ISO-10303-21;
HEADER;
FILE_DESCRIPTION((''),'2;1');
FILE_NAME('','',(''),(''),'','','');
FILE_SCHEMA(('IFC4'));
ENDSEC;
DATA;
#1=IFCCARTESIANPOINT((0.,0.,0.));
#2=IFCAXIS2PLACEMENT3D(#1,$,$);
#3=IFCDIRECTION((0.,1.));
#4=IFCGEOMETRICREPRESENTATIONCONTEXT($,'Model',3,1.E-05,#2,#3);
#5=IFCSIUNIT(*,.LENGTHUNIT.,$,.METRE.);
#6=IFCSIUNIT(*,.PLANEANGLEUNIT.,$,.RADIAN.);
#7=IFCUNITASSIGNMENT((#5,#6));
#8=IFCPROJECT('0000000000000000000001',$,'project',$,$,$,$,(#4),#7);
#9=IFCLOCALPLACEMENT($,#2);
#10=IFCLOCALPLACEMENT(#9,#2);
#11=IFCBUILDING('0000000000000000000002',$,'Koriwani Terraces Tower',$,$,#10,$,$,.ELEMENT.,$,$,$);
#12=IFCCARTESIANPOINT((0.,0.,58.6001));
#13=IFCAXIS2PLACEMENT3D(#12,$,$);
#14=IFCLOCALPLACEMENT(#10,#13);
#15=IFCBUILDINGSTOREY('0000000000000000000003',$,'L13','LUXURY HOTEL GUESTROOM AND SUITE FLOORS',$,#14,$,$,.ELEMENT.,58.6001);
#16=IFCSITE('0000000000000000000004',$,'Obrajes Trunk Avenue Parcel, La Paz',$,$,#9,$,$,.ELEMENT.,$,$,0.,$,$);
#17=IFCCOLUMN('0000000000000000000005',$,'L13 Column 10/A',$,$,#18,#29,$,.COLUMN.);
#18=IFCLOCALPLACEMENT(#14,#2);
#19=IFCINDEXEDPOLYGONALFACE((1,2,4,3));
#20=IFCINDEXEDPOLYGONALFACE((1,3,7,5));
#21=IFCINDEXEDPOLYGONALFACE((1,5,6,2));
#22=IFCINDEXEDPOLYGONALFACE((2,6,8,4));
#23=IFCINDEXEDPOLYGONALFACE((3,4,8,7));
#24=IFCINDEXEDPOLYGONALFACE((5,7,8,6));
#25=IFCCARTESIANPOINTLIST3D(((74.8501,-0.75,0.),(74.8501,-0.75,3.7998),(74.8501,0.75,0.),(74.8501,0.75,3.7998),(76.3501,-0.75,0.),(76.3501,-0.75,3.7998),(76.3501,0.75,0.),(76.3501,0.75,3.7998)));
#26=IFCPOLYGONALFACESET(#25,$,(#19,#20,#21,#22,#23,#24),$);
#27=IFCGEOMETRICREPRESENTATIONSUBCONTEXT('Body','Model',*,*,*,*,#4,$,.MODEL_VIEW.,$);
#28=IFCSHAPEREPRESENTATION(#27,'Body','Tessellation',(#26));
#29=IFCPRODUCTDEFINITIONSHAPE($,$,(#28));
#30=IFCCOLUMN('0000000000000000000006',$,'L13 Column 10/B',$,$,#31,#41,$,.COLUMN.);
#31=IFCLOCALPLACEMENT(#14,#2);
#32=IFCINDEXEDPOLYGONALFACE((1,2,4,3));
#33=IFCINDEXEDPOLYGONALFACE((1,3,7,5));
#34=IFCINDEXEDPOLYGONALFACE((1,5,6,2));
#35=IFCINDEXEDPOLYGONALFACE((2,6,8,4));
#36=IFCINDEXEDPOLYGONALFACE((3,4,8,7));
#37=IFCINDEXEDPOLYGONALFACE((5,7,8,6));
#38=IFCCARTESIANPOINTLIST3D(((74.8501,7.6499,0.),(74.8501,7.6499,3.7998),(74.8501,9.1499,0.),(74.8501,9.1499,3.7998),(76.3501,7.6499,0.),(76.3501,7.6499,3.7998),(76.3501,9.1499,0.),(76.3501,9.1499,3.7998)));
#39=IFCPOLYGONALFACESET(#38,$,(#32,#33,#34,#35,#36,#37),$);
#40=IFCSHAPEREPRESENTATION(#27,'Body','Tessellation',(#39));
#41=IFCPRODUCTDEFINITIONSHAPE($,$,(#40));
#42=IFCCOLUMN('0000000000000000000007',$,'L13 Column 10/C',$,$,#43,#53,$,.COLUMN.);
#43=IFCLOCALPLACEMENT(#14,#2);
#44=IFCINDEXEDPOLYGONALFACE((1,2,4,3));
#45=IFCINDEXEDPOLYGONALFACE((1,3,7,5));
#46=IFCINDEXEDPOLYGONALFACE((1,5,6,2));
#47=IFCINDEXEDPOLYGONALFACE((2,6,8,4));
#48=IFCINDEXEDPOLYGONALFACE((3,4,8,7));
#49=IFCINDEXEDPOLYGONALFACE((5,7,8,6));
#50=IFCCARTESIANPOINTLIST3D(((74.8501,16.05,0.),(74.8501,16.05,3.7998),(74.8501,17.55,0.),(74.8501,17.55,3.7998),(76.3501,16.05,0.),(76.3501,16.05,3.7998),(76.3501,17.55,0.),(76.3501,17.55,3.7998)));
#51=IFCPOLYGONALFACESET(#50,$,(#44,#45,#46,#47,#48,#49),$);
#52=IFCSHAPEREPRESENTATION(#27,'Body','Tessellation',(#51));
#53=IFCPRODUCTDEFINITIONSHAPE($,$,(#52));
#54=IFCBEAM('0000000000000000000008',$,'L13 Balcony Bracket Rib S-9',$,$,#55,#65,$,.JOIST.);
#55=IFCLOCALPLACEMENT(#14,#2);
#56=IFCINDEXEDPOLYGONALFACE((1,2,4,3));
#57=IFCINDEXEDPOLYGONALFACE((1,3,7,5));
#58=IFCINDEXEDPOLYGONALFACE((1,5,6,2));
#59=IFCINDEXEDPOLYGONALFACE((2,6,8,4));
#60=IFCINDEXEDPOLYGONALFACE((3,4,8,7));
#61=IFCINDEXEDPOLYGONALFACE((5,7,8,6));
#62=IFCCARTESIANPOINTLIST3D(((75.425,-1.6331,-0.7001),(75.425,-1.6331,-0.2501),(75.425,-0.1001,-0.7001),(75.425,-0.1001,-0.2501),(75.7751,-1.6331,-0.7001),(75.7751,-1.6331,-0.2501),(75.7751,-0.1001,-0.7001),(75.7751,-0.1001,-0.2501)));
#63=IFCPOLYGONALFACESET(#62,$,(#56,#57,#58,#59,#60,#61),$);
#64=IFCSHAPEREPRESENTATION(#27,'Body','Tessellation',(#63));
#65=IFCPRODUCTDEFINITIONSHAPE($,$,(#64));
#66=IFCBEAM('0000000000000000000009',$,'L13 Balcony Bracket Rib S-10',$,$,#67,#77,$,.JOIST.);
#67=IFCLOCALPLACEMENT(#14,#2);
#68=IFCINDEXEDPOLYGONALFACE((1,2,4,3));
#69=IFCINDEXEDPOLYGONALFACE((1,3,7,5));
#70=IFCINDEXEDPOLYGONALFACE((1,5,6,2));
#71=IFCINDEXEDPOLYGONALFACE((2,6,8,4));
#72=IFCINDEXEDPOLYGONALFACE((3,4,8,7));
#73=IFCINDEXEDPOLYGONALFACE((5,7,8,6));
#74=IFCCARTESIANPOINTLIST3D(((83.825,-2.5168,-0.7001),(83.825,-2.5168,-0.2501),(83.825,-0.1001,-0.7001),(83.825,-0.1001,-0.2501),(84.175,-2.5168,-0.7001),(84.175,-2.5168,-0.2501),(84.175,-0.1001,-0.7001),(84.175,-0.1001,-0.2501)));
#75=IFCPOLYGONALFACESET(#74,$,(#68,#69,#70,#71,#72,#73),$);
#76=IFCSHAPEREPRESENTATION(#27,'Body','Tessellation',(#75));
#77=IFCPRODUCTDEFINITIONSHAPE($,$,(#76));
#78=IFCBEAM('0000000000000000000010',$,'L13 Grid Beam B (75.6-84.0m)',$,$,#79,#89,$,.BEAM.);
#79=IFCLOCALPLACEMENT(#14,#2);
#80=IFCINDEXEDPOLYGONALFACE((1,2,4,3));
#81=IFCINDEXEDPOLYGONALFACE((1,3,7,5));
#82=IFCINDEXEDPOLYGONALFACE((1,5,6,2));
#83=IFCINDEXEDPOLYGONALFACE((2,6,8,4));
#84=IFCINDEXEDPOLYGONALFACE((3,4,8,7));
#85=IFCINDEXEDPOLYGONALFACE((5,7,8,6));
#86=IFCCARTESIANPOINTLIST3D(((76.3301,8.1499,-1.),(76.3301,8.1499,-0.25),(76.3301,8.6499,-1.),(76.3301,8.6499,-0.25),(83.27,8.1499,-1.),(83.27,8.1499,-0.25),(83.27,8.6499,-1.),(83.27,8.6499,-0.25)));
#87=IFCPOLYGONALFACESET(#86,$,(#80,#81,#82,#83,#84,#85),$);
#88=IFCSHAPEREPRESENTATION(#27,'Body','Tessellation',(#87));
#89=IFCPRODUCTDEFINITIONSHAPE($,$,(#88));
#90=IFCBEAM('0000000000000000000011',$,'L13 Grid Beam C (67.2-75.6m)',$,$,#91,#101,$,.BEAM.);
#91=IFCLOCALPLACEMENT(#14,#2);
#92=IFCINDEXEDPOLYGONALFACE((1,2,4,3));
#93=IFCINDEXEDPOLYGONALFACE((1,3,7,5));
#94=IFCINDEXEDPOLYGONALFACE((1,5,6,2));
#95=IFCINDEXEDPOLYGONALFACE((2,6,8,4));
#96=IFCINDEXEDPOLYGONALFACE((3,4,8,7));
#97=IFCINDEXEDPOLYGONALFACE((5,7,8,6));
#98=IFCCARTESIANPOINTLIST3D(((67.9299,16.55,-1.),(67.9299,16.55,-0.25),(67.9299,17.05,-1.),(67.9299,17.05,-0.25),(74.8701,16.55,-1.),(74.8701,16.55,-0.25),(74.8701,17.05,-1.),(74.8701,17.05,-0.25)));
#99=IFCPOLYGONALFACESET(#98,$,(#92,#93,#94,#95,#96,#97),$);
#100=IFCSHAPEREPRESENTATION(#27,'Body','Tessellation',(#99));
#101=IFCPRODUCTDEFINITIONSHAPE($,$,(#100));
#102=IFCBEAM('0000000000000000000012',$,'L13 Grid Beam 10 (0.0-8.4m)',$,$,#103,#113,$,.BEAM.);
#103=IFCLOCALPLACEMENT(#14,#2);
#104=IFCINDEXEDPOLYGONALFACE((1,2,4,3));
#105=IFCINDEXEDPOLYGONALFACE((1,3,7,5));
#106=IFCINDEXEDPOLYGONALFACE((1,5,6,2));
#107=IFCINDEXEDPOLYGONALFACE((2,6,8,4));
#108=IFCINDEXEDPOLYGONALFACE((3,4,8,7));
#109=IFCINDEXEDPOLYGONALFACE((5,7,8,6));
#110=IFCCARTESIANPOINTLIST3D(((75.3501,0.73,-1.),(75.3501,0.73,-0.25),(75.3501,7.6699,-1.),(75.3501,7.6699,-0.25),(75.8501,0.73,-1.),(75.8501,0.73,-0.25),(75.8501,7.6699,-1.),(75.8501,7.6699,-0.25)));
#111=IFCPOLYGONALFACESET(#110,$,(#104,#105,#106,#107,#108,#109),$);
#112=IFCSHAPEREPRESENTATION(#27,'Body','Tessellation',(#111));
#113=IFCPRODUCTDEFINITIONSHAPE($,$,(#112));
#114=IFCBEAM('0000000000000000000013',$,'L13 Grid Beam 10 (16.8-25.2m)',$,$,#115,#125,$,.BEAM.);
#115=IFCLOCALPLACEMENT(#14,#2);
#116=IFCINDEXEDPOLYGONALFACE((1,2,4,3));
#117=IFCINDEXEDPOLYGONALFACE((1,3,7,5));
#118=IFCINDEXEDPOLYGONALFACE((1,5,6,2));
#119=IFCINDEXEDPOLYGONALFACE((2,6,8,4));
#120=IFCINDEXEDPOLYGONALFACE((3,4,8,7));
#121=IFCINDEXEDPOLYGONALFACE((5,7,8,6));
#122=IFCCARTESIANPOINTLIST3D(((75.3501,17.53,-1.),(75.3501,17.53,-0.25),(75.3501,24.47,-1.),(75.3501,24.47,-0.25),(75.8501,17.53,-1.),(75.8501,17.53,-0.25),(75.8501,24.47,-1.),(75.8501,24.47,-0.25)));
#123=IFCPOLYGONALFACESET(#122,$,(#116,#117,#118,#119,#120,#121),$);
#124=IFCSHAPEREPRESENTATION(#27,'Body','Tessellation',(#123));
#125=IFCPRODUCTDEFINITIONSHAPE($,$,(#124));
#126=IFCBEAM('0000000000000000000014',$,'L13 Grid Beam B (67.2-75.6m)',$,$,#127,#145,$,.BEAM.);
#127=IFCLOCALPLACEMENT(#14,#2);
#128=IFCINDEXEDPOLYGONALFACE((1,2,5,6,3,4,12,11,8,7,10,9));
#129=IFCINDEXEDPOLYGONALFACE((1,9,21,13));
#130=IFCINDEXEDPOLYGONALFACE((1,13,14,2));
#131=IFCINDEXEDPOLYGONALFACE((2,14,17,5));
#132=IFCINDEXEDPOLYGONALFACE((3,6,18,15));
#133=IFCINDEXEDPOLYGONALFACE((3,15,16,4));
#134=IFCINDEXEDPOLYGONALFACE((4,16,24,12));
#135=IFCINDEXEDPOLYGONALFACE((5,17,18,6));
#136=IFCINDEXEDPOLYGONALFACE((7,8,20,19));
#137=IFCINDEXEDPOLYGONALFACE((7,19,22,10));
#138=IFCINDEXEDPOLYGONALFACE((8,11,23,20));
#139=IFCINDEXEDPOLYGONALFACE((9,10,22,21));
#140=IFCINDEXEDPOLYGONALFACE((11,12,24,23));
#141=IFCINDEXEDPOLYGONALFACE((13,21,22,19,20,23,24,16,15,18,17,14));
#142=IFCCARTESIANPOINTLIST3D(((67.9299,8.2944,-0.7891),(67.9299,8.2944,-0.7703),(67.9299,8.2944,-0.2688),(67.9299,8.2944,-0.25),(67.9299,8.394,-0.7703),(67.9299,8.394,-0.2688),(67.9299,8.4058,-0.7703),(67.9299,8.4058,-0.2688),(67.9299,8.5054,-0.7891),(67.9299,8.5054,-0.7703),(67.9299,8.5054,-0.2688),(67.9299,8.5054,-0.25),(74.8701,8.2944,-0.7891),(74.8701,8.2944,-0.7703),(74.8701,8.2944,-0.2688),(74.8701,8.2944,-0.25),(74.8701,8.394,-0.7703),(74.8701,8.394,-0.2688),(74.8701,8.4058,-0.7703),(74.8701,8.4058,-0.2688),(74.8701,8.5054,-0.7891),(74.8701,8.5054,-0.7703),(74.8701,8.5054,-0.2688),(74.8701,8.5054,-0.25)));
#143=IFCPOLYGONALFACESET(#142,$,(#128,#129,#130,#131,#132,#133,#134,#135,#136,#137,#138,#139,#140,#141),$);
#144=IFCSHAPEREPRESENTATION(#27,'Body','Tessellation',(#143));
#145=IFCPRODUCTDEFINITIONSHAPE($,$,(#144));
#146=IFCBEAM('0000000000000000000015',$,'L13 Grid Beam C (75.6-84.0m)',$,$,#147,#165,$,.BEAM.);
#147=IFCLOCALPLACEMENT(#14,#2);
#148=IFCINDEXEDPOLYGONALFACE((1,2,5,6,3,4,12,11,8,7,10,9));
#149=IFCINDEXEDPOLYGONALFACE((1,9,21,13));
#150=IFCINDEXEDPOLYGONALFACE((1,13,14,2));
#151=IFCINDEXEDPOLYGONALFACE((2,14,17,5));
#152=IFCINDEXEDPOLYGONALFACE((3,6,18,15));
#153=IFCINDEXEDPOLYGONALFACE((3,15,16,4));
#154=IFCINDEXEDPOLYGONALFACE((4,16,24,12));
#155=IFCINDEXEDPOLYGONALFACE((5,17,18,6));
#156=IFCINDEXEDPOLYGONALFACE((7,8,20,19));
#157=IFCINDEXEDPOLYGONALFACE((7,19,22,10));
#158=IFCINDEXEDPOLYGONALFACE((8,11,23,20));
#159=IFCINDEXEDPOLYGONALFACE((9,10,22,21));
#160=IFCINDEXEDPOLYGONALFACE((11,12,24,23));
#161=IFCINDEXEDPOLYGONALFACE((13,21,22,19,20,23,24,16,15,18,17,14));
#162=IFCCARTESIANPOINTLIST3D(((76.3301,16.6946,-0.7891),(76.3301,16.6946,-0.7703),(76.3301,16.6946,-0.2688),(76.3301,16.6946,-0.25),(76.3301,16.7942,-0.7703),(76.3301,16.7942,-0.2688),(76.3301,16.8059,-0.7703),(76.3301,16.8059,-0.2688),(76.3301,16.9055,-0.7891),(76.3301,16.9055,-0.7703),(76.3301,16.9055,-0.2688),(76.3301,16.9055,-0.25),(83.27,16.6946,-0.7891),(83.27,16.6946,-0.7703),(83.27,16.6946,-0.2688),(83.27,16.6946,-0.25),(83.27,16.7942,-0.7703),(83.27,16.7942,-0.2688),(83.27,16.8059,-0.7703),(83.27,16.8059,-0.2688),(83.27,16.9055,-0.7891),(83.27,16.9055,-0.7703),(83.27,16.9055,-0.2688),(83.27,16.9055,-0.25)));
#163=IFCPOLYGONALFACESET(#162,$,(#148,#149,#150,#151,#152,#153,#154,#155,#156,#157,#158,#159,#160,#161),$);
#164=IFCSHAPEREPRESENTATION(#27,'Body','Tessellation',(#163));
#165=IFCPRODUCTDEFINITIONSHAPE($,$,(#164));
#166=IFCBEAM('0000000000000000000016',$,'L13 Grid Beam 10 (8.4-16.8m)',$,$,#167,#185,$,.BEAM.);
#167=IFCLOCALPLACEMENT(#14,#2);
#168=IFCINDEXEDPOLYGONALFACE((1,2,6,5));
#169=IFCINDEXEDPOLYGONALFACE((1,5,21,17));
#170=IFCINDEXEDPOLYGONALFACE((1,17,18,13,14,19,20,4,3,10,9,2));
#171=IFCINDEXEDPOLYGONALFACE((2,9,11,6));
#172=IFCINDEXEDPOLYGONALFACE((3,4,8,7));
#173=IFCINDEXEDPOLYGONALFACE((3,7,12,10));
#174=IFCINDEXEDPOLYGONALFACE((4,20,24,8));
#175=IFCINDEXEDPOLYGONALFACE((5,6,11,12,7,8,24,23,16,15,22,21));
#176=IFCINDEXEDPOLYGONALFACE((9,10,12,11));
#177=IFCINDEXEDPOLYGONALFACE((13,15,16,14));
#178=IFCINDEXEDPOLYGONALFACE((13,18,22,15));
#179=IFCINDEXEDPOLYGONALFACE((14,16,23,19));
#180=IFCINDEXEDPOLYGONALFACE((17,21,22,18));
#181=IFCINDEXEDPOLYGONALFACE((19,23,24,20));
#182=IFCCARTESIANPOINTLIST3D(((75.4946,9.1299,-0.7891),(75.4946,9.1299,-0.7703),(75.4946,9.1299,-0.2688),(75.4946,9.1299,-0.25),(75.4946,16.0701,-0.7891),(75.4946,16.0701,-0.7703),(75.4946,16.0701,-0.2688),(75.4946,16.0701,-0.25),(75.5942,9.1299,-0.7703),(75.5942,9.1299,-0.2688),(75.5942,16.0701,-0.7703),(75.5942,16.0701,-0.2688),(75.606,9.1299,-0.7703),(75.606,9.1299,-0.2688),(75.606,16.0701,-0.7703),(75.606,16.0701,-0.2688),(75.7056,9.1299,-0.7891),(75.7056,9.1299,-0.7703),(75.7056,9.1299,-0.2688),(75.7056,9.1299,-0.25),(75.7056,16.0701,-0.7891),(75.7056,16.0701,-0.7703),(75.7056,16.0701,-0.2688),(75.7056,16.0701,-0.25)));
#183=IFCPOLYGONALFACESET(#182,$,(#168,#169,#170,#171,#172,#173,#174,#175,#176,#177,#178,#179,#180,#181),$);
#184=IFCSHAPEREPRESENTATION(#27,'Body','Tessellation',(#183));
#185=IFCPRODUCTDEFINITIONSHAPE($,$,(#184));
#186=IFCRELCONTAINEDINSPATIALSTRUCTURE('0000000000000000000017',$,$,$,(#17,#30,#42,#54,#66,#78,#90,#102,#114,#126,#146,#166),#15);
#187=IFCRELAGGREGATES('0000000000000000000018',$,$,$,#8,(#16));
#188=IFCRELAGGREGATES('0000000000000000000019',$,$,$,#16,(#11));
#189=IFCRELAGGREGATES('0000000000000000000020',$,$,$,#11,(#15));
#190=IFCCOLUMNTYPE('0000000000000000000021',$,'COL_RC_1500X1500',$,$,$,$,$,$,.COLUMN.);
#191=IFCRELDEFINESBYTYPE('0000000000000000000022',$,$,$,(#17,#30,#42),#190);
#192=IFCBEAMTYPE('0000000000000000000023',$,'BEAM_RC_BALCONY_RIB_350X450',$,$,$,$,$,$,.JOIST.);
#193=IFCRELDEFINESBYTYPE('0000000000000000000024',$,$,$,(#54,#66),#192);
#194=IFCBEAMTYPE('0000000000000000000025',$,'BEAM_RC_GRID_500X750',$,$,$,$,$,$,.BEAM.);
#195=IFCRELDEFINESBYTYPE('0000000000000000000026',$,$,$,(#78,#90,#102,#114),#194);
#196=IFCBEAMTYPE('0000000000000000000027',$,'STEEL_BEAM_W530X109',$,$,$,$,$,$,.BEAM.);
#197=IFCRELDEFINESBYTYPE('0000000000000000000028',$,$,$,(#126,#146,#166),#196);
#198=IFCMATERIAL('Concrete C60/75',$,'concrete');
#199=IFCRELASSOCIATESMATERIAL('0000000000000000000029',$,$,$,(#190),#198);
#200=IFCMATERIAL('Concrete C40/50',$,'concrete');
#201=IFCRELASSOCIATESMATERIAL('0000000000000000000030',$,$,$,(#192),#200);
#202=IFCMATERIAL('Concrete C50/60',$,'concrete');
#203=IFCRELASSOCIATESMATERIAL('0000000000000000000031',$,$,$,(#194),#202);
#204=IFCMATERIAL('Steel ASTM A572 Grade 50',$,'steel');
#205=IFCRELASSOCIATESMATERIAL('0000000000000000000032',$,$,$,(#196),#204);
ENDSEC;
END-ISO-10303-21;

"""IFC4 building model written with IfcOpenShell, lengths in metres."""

from ifc_helpers import new_model, si_unit, direction, frame, origin, origin_2d, place, context, subcontext, project, spatial, rectangle, i_section, extrude, material, material_profile, profile_set, type_object, element, save


model = new_model("IFC4")

# Units and contexts
model_context = context("Model", 3, precision=1e-05, world=origin(), true_north=direction((0.0, 1.0)))
body_context = subcontext(model_context, "Body", "Model", "MODEL_VIEW")
ifc_project = project(units=[si_unit("LENGTHUNIT", "METRE"), si_unit("PLANEANGLEUNIT", "RADIAN")], contexts=[model_context])

# Site, building, storey
site_placement = place(None, origin())
site = spatial("IfcSite", under=ifc_project, at=site_placement, Name="Obrajes Trunk Avenue Parcel, La Paz", CompositionType="ELEMENT", RefElevation=0.0)
building_placement = place(site_placement, origin())
building = spatial("IfcBuilding", under=site, at=building_placement, Name="Koriwani Terraces Tower", CompositionType="ELEMENT")
storey_placement = place(building_placement, frame((0.0, 0.0, 58.6001)))
storey = spatial("IfcBuildingStorey", under=building, at=storey_placement, Name="L13", Description="LUXURY HOTEL GUESTROOM AND SUITE FLOORS", CompositionType="ELEMENT", Elevation=58.6001)

# Columns
ifc_material_1 = material(Name="Concrete C60/75", Category="concrete")
ifc_material_profile_1 = material_profile(ifc_material_1, rectangle(XDim=1.5, YDim=1.5, at=origin_2d()), Name="Concrete C60/75", Category="LoadBearing")
ifc_profile_set_1 = profile_set([ifc_material_profile_1], Name="Concrete C60/75")
column_type = type_object("IfcColumnType", Name="COL_RC_1500X1500", PredefinedType="COLUMN", material=ifc_profile_set_1)
for number, where, z_axis, x_axis, name in (
    (1, (75.6001, 0.0, 0.0), (0.0, 0.0, 1.0), (1.0, 0.0, 0.0), "L13 Column 10/A"),
    (2, (75.6001, 8.3999, 0.0), (0.0, 0.0, 1.0), (1.0, 0.0, 0.0), "L13 Column 10/B"),
    (3, (75.6001, 16.8, 0.0), (0.0, 0.0, 1.0), (1.0, 0.0, 0.0), "L13 Column 10/C"),
):
    element("IfcColumn", number, at=place(storey_placement, frame(where, z_axis=z_axis, x_axis=x_axis)), inside=storey, type_object=column_type, Name=name, PredefinedType="COLUMN", context=body_context, shape_type="SweptSolid", body=[
        extrude(rectangle(XDim=1.5, YDim=1.5, at=origin_2d()), origin(), (0.0, 0.0, 1.0), 3.7998),
    ])

# Beams
ifc_material_2 = material(Name="Concrete C40/50", Category="concrete")
ifc_material_profile_2 = material_profile(ifc_material_2, rectangle(XDim=0.3501, YDim=0.45, at=origin_2d()), Name="Concrete C40/50", Category="LoadBearing")
ifc_profile_set_2 = profile_set([ifc_material_profile_2], Name="Concrete C40/50")
beam_type_1 = type_object("IfcBeamType", Name="BEAM_RC_BALCONY_RIB_350X450", PredefinedType="JOIST", material=ifc_profile_set_2)
beam_1_placement = place(storey_placement, frame((75.6001, -1.6331, -0.4751), z_axis=(0.0, 1.0, 0.0), x_axis=(-1.0, 0.0, 0.0)))
element("IfcBeam", 4, at=beam_1_placement, inside=storey, type_object=beam_type_1, Name="L13 Balcony Bracket Rib S-9", PredefinedType="JOIST", context=body_context, shape_type="SweptSolid", body=[
    extrude(rectangle(XDim=0.3501, YDim=0.45, at=origin_2d()), origin(), (0.0, 0.0, 1.0), 1.533),
])
beam_2_placement = place(storey_placement, frame((84.0, -2.5168, -0.4751), z_axis=(0.0, 1.0, 0.0), x_axis=(-1.0, 0.0, 0.0)))
element("IfcBeam", 5, at=beam_2_placement, inside=storey, type_object=beam_type_1, Name="L13 Balcony Bracket Rib S-10", PredefinedType="JOIST", context=body_context, shape_type="SweptSolid", body=[
    extrude(rectangle(XDim=0.3501, YDim=0.45, at=origin_2d()), origin(), (0.0, 0.0, 1.0), 2.4167),
])
ifc_material_3 = material(Name="Concrete C50/60", Category="concrete")
ifc_material_profile_3 = material_profile(ifc_material_3, rectangle(XDim=0.5, YDim=0.75, at=origin_2d()), Name="Concrete C50/60", Category="LoadBearing")
ifc_profile_set_3 = profile_set([ifc_material_profile_3], Name="Concrete C50/60")
beam_type_2 = type_object("IfcBeamType", Name="BEAM_RC_GRID_500X750", PredefinedType="BEAM", material=ifc_profile_set_3)
beam_3_placement = place(storey_placement, frame((76.3301, 8.3999, -0.625), z_axis=(1.0, 0.0, 0.0), x_axis=(0.0, 1.0, 0.0)))
element("IfcBeam", 6, at=beam_3_placement, inside=storey, type_object=beam_type_2, Name="L13 Grid Beam B (75.6-84.0m)", PredefinedType="BEAM", context=body_context, shape_type="SweptSolid", body=[
    extrude(rectangle(XDim=0.5, YDim=0.75, at=origin_2d()), origin(), (0.0, 0.0, 1.0), 6.9399),
])
beam_4_placement = place(storey_placement, frame((67.9299, 16.8, -0.625), z_axis=(1.0, 0.0, 0.0), x_axis=(0.0, 1.0, 0.0)))
element("IfcBeam", 7, at=beam_4_placement, inside=storey, type_object=beam_type_2, Name="L13 Grid Beam C (67.2-75.6m)", PredefinedType="BEAM", context=body_context, shape_type="SweptSolid", body=[
    extrude(rectangle(XDim=0.5, YDim=0.75, at=origin_2d()), origin(), (0.0, 0.0, 1.0), 6.9402),
])
for number, where, z_axis, x_axis, name in (
    (8, (75.6001, 0.73, -0.625), (0.0, 1.0, 0.0), (-1.0, 0.0, 0.0), "L13 Grid Beam 10 (0.0-8.4m)"),
    (9, (75.6001, 17.53, -0.625), (0.0, 1.0, 0.0), (-1.0, 0.0, 0.0), "L13 Grid Beam 10 (16.8-25.2m)"),
):
    element("IfcBeam", number, at=place(storey_placement, frame(where, z_axis=z_axis, x_axis=x_axis)), inside=storey, type_object=beam_type_2, Name=name, PredefinedType="BEAM", context=body_context, shape_type="SweptSolid", body=[
        extrude(rectangle(XDim=0.5, YDim=0.75, at=origin_2d()), origin(), (0.0, 0.0, 1.0), 6.9399),
    ])
ifc_material_4 = material(Name="Steel ASTM A572 Grade 50", Category="steel")
ifc_material_profile_4 = material_profile(ifc_material_4, i_section(OverallWidth=0.2109, OverallDepth=0.5391, WebThickness=0.0117, FlangeThickness=0.0188, at=origin_2d()), Name="Steel ASTM A572 Grade 50", Category="LoadBearing")
ifc_profile_set_4 = profile_set([ifc_material_profile_4], Name="Steel ASTM A572 Grade 50")
beam_type_3 = type_object("IfcBeamType", Name="STEEL_BEAM_W530X109", PredefinedType="BEAM", material=ifc_profile_set_4)
beam_5_placement = place(storey_placement, frame((67.9299, 8.3999, -0.5195), z_axis=(1.0, 0.0, 0.0), x_axis=(0.0, 1.0, 0.0)))
element("IfcBeam", 10, at=beam_5_placement, inside=storey, type_object=beam_type_3, Name="L13 Grid Beam B (67.2-75.6m)", PredefinedType="BEAM", context=body_context, shape_type="SweptSolid", body=[
    extrude(i_section(OverallWidth=0.2109, OverallDepth=0.5391, WebThickness=0.0117, FlangeThickness=0.0188, at=origin_2d()), origin(), (0.0, 0.0, 1.0), 6.9402),
])
beam_6_placement = place(storey_placement, frame((76.3301, 16.8, -0.5195), z_axis=(1.0, 0.0, 0.0), x_axis=(0.0, 1.0, 0.0)))
element("IfcBeam", 11, at=beam_6_placement, inside=storey, type_object=beam_type_3, Name="L13 Grid Beam C (75.6-84.0m)", PredefinedType="BEAM", context=body_context, shape_type="SweptSolid", body=[
    extrude(i_section(OverallWidth=0.2109, OverallDepth=0.5391, WebThickness=0.0117, FlangeThickness=0.0188, at=origin_2d()), origin(), (0.0, 0.0, 1.0), 6.9399),
])
beam_7_placement = place(storey_placement, frame((75.6001, 9.1299, -0.5195), z_axis=(0.0, 1.0, 0.0), x_axis=(-1.0, 0.0, 0.0)))
element("IfcBeam", 12, at=beam_7_placement, inside=storey, type_object=beam_type_3, Name="L13 Grid Beam 10 (8.4-16.8m)", PredefinedType="BEAM", context=body_context, shape_type="SweptSolid", body=[
    extrude(i_section(OverallWidth=0.2109, OverallDepth=0.5391, WebThickness=0.0117, FlangeThickness=0.0188, at=origin_2d()), origin(), (0.0, 0.0, 1.0), 6.9402),
])

save(model, "model.ifc")
